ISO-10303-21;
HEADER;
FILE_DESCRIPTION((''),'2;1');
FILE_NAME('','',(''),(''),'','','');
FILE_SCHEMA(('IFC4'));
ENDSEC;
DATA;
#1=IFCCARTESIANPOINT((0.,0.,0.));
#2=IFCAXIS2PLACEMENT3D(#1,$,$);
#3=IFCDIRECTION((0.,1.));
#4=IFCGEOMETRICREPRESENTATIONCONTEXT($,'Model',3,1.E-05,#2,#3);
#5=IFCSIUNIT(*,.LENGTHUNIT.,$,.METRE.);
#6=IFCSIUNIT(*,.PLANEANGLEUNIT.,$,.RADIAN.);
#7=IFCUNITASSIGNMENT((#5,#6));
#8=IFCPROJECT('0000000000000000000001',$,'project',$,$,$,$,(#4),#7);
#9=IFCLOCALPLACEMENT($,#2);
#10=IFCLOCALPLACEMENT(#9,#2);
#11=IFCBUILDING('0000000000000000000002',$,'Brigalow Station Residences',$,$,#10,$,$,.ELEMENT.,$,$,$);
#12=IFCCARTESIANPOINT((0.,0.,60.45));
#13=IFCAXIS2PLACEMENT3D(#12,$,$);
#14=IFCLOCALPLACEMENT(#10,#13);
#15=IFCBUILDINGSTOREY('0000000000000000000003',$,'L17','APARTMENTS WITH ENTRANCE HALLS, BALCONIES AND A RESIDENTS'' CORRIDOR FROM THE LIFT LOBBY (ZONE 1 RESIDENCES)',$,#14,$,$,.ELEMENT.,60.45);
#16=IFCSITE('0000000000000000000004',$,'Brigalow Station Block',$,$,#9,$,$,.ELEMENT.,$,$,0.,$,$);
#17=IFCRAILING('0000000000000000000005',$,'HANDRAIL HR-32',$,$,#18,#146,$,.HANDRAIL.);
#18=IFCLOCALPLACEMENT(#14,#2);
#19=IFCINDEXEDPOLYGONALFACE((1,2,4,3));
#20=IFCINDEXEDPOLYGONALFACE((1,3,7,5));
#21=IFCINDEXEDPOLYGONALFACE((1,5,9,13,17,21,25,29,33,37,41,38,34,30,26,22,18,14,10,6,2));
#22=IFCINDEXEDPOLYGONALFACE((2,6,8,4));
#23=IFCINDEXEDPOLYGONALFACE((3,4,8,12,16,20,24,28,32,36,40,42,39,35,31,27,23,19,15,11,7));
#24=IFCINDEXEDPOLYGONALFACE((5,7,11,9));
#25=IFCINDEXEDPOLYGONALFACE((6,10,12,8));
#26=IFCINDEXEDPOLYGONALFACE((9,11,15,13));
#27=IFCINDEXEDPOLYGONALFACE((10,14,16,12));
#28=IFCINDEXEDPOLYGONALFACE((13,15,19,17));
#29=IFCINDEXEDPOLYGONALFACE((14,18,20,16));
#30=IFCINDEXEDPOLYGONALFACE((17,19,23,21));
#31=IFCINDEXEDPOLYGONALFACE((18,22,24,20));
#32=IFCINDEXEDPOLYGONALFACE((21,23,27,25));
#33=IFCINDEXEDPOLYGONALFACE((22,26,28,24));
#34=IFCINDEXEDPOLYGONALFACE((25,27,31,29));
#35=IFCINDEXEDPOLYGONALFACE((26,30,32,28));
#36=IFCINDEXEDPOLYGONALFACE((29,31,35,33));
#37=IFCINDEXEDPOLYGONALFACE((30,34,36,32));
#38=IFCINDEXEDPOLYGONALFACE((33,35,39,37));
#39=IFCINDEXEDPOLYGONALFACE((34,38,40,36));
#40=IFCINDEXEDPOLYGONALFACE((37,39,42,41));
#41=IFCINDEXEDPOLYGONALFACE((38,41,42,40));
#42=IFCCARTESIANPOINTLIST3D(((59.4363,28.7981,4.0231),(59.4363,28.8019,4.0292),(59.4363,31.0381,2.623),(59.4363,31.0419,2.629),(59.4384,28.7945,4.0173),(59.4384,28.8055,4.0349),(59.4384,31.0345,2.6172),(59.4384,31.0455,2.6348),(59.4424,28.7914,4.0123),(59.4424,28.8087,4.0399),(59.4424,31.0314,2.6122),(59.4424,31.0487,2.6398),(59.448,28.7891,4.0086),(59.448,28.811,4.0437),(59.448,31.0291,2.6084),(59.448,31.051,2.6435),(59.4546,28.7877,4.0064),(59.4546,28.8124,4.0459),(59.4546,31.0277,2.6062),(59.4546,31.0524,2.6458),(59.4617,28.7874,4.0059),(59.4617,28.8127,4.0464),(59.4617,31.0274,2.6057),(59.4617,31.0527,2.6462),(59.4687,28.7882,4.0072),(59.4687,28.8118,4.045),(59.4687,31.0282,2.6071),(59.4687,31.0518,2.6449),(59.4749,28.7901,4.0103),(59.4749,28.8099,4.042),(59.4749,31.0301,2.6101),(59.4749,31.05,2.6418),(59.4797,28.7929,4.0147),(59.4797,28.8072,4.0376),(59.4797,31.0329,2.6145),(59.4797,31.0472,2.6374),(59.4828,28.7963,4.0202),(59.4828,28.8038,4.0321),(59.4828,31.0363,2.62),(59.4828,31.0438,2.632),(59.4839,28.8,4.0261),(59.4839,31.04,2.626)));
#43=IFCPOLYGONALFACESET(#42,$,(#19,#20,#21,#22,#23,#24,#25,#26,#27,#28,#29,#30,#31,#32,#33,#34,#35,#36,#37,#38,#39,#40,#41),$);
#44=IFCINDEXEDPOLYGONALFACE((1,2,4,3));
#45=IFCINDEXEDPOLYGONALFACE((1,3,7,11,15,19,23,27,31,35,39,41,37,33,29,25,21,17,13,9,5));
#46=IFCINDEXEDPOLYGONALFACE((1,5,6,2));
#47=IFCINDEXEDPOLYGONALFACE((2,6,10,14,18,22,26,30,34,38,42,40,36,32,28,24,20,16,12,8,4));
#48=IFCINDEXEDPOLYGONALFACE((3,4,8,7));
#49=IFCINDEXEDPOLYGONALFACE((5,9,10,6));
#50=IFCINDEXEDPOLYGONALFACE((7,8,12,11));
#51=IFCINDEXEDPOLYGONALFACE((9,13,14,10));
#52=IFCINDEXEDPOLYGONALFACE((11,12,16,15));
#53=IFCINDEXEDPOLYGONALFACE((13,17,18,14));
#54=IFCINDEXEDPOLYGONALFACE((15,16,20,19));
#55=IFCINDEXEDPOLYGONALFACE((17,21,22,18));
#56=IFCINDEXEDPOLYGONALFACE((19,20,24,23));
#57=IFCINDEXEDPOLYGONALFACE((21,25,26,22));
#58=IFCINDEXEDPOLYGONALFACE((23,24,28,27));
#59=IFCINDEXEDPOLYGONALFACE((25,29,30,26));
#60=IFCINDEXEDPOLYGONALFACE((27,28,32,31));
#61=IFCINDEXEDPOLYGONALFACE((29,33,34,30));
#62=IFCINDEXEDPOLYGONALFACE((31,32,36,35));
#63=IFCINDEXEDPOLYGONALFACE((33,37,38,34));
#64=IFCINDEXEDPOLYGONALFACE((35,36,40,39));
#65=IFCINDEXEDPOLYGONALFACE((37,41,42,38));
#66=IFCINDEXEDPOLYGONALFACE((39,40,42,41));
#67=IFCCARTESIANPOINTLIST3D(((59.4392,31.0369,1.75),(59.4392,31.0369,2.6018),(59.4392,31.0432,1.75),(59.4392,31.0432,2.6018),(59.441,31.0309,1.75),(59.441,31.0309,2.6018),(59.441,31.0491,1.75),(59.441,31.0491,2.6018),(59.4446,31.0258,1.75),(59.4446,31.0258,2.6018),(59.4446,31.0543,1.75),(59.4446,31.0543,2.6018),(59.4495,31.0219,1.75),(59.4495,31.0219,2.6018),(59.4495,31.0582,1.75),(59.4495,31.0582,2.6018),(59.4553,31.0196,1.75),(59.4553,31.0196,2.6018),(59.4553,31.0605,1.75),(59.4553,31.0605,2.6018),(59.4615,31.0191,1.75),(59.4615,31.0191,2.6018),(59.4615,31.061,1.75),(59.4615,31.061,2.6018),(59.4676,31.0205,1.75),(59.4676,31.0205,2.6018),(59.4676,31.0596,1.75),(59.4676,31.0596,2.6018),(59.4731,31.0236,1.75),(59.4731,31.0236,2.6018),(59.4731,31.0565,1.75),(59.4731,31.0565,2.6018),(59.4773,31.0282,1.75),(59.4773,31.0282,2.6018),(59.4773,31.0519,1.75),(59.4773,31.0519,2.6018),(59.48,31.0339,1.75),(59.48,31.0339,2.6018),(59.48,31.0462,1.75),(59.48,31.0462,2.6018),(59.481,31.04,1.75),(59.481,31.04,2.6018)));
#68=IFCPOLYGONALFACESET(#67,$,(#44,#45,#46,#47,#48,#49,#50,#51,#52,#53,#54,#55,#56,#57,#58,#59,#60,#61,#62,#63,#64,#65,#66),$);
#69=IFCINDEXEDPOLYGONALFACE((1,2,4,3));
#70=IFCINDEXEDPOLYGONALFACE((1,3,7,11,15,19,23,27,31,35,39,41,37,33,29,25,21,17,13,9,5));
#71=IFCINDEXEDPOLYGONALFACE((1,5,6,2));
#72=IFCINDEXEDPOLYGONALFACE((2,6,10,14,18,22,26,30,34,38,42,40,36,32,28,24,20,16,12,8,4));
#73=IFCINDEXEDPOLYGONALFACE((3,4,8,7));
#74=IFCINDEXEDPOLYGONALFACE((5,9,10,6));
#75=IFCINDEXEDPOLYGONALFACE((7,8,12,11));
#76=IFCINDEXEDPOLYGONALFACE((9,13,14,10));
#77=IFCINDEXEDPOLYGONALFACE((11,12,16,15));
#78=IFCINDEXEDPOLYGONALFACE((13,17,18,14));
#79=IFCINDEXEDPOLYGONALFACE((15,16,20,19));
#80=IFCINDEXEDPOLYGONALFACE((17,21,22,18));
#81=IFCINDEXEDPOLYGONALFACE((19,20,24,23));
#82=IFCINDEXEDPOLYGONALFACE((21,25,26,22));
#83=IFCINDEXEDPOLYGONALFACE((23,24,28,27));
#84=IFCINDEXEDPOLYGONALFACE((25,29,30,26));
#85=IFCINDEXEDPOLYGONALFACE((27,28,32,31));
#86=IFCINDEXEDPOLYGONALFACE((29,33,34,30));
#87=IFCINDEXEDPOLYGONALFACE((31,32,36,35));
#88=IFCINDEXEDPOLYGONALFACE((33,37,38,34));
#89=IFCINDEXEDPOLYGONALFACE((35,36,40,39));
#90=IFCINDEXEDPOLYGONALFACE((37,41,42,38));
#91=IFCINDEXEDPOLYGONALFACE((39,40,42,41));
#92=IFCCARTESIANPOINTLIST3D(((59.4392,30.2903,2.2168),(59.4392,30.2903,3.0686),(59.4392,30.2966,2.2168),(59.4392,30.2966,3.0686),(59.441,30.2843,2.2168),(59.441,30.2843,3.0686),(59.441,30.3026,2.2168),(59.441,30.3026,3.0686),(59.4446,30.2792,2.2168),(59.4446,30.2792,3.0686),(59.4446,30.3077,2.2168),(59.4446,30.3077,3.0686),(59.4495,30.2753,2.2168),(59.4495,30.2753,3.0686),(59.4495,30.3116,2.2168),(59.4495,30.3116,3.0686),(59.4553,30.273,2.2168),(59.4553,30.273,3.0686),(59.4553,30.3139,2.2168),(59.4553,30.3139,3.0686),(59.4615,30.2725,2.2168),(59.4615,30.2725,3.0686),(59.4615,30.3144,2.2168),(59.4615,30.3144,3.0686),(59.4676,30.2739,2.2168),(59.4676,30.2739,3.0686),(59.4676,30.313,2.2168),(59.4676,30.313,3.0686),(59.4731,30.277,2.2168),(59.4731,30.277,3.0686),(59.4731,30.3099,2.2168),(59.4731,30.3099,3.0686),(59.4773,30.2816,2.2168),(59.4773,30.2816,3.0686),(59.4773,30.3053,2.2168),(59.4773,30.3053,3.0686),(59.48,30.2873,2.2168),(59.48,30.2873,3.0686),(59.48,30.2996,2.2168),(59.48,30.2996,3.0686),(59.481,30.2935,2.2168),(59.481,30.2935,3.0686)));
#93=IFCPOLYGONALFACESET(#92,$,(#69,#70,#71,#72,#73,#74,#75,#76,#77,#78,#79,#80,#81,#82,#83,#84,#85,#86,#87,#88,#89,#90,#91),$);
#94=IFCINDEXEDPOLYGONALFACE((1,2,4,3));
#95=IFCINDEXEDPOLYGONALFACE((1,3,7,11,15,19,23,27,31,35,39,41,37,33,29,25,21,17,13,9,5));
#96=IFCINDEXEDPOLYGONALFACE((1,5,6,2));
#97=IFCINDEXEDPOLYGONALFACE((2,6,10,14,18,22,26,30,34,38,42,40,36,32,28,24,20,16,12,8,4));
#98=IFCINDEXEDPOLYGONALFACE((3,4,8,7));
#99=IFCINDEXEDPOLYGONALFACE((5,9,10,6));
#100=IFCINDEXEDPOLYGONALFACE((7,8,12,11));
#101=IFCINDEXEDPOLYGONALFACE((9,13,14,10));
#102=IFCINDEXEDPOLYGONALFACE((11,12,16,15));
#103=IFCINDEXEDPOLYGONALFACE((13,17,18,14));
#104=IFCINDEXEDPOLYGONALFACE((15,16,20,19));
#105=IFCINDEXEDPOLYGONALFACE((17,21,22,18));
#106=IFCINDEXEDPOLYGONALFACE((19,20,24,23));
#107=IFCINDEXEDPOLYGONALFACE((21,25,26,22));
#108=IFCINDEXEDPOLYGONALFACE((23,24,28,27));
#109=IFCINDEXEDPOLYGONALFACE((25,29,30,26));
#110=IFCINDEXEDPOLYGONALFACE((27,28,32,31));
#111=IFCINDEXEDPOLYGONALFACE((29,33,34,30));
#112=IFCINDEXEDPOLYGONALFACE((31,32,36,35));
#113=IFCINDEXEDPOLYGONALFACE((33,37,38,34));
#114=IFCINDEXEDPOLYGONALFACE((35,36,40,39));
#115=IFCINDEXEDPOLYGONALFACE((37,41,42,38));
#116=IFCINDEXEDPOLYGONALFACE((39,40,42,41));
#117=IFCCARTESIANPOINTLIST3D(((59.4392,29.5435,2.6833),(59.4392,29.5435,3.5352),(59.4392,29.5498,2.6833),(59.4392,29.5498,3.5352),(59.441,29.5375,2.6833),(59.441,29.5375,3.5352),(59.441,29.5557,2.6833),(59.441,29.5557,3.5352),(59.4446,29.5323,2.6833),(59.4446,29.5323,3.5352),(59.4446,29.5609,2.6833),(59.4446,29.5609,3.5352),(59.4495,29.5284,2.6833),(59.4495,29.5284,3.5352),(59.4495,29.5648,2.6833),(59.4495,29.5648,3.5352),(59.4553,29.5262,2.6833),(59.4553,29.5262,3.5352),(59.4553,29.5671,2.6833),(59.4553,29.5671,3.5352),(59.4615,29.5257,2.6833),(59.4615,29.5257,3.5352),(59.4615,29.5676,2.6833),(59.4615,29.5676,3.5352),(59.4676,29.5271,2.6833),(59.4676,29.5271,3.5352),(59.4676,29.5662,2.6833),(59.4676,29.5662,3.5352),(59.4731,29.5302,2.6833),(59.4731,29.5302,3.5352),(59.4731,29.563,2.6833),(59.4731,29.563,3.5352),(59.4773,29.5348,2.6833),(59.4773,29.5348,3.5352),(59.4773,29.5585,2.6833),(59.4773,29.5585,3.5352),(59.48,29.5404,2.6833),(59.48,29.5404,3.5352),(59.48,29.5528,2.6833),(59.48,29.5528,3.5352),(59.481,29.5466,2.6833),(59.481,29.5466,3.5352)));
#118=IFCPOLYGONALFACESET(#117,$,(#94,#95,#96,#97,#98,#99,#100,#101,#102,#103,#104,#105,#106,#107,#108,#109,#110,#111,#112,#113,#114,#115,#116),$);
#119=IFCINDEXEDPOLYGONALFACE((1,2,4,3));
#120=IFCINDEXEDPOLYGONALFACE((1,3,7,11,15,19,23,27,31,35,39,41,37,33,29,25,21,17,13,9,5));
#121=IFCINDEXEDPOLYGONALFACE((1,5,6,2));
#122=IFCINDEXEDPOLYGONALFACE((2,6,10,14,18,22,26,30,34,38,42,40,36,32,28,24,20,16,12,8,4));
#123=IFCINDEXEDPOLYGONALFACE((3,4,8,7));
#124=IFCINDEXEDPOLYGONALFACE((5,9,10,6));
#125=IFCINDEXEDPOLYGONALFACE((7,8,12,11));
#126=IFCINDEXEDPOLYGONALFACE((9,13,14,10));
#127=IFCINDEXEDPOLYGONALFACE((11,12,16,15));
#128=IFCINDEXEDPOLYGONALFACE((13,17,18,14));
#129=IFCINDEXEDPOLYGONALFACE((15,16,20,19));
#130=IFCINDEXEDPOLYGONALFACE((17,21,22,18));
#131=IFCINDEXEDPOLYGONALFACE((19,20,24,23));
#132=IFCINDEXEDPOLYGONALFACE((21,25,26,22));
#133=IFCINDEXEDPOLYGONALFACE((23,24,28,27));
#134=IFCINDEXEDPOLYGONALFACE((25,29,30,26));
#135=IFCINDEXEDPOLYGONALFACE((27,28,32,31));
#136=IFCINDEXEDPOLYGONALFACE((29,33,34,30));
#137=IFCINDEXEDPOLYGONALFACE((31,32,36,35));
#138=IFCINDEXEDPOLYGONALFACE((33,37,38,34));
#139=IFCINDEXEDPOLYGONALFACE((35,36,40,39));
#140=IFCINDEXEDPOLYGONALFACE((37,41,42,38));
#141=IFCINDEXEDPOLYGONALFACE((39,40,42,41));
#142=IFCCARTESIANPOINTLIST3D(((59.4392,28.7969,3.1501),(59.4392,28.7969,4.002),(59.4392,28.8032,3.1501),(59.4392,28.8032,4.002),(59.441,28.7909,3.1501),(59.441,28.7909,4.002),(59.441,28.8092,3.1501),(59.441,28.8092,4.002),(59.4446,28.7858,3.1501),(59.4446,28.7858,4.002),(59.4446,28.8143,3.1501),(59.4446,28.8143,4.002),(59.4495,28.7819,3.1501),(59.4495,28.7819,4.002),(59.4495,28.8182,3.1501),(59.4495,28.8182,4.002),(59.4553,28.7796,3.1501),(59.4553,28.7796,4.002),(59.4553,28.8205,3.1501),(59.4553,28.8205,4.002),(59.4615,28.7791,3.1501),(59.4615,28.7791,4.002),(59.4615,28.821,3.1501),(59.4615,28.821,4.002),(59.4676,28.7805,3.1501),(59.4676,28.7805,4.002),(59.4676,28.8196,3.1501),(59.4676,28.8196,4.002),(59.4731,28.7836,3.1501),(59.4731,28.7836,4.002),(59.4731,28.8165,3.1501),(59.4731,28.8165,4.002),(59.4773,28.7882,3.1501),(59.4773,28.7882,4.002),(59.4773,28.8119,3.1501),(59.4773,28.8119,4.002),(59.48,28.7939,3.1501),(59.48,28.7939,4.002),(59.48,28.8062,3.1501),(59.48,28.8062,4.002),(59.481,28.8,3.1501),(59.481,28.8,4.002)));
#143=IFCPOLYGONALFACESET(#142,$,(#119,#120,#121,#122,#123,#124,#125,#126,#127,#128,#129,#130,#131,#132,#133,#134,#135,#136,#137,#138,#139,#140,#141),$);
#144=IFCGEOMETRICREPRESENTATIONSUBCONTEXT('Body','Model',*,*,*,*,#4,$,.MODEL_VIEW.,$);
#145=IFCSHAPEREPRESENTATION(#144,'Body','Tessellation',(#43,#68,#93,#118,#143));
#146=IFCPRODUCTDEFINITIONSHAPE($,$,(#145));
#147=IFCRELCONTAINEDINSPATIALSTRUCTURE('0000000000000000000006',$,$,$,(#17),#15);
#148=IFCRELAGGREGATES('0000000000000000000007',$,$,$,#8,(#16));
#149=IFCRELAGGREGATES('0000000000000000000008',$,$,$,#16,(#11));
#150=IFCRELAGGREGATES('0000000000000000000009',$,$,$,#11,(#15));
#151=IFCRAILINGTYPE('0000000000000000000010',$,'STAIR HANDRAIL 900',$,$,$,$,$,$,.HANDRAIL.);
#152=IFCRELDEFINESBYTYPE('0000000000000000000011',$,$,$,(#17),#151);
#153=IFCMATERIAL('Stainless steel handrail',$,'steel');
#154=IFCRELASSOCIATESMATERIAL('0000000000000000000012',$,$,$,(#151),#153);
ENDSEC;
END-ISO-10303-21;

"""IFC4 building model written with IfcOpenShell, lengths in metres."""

from ifc_helpers import new_model, si_unit, direction, frame, origin, origin_2d, place, context, subcontext, project, spatial, circle, extrude, material, type_object, element, save


model = new_model("IFC4")

# Units and contexts
model_context = context("Model", 3, precision=1e-05, world=origin(), true_north=direction((0.0, 1.0)))
body_context = subcontext(model_context, "Body", "Model", "MODEL_VIEW")
ifc_project = project(units=[si_unit("LENGTHUNIT", "METRE"), si_unit("PLANEANGLEUNIT", "RADIAN")], contexts=[model_context])

# Site, building, storey
site_placement = place(None, origin())
site = spatial("IfcSite", under=ifc_project, at=site_placement, Name="Brigalow Station Block", CompositionType="ELEMENT", RefElevation=0.0)
building_placement = place(site_placement, origin())
building = spatial("IfcBuilding", under=site, at=building_placement, Name="Brigalow Station Residences", CompositionType="ELEMENT")
storey_placement = place(building_placement, frame((0.0, 0.0, 60.45)))
storey = spatial("IfcBuildingStorey", under=building, at=storey_placement, Name="L17", Description="APARTMENTS WITH ENTRANCE HALLS, BALCONIES AND A RESIDENTS' CORRIDOR FROM THE LIFT LOBBY (ZONE 1 RESIDENCES)", CompositionType="ELEMENT", Elevation=60.45)

# Railing
ifc_material_1 = material(Name="Stainless steel handrail", Category="steel")
railing_type_1 = type_object("IfcRailingType", Name="STAIR HANDRAIL 900", PredefinedType="HANDRAIL", material=ifc_material_1)
railing_1_placement = place(storey_placement, frame((59.46, 31.04, 1.75)))
element("IfcRailing", 1, at=railing_1_placement, inside=storey, type_object=railing_type_1, Name="HANDRAIL HR-32", PredefinedType="HANDRAIL", context=body_context, shape_type="SweptSolid", body=[
    extrude(circle(Radius=0.0239, at=origin_2d()), frame((0.0, 0.0, 0.876), z_axis=(0.0, -0.847972, 0.53004), x_axis=(1.0, 0.0, 0.0)), (0.0, 0.0, 1.0), 2.6416),
    extrude(circle(Radius=0.021, at=origin_2d()), origin(), (0.0, 0.0, 1.0), 0.8518),
    extrude(circle(Radius=0.021, at=origin_2d()), frame((0.0, -0.7466, 0.4668)), (0.0, 0.0, 1.0), 0.8518),
    extrude(circle(Radius=0.021, at=origin_2d()), frame((0.0, -1.4934, 0.9333)), (0.0, 0.0, 1.0), 0.8518),
    extrude(circle(Radius=0.021, at=origin_2d()), frame((0.0, -2.24, 1.4001)), (0.0, 0.0, 1.0), 0.8518),
])

save(model, "model.ifc")
